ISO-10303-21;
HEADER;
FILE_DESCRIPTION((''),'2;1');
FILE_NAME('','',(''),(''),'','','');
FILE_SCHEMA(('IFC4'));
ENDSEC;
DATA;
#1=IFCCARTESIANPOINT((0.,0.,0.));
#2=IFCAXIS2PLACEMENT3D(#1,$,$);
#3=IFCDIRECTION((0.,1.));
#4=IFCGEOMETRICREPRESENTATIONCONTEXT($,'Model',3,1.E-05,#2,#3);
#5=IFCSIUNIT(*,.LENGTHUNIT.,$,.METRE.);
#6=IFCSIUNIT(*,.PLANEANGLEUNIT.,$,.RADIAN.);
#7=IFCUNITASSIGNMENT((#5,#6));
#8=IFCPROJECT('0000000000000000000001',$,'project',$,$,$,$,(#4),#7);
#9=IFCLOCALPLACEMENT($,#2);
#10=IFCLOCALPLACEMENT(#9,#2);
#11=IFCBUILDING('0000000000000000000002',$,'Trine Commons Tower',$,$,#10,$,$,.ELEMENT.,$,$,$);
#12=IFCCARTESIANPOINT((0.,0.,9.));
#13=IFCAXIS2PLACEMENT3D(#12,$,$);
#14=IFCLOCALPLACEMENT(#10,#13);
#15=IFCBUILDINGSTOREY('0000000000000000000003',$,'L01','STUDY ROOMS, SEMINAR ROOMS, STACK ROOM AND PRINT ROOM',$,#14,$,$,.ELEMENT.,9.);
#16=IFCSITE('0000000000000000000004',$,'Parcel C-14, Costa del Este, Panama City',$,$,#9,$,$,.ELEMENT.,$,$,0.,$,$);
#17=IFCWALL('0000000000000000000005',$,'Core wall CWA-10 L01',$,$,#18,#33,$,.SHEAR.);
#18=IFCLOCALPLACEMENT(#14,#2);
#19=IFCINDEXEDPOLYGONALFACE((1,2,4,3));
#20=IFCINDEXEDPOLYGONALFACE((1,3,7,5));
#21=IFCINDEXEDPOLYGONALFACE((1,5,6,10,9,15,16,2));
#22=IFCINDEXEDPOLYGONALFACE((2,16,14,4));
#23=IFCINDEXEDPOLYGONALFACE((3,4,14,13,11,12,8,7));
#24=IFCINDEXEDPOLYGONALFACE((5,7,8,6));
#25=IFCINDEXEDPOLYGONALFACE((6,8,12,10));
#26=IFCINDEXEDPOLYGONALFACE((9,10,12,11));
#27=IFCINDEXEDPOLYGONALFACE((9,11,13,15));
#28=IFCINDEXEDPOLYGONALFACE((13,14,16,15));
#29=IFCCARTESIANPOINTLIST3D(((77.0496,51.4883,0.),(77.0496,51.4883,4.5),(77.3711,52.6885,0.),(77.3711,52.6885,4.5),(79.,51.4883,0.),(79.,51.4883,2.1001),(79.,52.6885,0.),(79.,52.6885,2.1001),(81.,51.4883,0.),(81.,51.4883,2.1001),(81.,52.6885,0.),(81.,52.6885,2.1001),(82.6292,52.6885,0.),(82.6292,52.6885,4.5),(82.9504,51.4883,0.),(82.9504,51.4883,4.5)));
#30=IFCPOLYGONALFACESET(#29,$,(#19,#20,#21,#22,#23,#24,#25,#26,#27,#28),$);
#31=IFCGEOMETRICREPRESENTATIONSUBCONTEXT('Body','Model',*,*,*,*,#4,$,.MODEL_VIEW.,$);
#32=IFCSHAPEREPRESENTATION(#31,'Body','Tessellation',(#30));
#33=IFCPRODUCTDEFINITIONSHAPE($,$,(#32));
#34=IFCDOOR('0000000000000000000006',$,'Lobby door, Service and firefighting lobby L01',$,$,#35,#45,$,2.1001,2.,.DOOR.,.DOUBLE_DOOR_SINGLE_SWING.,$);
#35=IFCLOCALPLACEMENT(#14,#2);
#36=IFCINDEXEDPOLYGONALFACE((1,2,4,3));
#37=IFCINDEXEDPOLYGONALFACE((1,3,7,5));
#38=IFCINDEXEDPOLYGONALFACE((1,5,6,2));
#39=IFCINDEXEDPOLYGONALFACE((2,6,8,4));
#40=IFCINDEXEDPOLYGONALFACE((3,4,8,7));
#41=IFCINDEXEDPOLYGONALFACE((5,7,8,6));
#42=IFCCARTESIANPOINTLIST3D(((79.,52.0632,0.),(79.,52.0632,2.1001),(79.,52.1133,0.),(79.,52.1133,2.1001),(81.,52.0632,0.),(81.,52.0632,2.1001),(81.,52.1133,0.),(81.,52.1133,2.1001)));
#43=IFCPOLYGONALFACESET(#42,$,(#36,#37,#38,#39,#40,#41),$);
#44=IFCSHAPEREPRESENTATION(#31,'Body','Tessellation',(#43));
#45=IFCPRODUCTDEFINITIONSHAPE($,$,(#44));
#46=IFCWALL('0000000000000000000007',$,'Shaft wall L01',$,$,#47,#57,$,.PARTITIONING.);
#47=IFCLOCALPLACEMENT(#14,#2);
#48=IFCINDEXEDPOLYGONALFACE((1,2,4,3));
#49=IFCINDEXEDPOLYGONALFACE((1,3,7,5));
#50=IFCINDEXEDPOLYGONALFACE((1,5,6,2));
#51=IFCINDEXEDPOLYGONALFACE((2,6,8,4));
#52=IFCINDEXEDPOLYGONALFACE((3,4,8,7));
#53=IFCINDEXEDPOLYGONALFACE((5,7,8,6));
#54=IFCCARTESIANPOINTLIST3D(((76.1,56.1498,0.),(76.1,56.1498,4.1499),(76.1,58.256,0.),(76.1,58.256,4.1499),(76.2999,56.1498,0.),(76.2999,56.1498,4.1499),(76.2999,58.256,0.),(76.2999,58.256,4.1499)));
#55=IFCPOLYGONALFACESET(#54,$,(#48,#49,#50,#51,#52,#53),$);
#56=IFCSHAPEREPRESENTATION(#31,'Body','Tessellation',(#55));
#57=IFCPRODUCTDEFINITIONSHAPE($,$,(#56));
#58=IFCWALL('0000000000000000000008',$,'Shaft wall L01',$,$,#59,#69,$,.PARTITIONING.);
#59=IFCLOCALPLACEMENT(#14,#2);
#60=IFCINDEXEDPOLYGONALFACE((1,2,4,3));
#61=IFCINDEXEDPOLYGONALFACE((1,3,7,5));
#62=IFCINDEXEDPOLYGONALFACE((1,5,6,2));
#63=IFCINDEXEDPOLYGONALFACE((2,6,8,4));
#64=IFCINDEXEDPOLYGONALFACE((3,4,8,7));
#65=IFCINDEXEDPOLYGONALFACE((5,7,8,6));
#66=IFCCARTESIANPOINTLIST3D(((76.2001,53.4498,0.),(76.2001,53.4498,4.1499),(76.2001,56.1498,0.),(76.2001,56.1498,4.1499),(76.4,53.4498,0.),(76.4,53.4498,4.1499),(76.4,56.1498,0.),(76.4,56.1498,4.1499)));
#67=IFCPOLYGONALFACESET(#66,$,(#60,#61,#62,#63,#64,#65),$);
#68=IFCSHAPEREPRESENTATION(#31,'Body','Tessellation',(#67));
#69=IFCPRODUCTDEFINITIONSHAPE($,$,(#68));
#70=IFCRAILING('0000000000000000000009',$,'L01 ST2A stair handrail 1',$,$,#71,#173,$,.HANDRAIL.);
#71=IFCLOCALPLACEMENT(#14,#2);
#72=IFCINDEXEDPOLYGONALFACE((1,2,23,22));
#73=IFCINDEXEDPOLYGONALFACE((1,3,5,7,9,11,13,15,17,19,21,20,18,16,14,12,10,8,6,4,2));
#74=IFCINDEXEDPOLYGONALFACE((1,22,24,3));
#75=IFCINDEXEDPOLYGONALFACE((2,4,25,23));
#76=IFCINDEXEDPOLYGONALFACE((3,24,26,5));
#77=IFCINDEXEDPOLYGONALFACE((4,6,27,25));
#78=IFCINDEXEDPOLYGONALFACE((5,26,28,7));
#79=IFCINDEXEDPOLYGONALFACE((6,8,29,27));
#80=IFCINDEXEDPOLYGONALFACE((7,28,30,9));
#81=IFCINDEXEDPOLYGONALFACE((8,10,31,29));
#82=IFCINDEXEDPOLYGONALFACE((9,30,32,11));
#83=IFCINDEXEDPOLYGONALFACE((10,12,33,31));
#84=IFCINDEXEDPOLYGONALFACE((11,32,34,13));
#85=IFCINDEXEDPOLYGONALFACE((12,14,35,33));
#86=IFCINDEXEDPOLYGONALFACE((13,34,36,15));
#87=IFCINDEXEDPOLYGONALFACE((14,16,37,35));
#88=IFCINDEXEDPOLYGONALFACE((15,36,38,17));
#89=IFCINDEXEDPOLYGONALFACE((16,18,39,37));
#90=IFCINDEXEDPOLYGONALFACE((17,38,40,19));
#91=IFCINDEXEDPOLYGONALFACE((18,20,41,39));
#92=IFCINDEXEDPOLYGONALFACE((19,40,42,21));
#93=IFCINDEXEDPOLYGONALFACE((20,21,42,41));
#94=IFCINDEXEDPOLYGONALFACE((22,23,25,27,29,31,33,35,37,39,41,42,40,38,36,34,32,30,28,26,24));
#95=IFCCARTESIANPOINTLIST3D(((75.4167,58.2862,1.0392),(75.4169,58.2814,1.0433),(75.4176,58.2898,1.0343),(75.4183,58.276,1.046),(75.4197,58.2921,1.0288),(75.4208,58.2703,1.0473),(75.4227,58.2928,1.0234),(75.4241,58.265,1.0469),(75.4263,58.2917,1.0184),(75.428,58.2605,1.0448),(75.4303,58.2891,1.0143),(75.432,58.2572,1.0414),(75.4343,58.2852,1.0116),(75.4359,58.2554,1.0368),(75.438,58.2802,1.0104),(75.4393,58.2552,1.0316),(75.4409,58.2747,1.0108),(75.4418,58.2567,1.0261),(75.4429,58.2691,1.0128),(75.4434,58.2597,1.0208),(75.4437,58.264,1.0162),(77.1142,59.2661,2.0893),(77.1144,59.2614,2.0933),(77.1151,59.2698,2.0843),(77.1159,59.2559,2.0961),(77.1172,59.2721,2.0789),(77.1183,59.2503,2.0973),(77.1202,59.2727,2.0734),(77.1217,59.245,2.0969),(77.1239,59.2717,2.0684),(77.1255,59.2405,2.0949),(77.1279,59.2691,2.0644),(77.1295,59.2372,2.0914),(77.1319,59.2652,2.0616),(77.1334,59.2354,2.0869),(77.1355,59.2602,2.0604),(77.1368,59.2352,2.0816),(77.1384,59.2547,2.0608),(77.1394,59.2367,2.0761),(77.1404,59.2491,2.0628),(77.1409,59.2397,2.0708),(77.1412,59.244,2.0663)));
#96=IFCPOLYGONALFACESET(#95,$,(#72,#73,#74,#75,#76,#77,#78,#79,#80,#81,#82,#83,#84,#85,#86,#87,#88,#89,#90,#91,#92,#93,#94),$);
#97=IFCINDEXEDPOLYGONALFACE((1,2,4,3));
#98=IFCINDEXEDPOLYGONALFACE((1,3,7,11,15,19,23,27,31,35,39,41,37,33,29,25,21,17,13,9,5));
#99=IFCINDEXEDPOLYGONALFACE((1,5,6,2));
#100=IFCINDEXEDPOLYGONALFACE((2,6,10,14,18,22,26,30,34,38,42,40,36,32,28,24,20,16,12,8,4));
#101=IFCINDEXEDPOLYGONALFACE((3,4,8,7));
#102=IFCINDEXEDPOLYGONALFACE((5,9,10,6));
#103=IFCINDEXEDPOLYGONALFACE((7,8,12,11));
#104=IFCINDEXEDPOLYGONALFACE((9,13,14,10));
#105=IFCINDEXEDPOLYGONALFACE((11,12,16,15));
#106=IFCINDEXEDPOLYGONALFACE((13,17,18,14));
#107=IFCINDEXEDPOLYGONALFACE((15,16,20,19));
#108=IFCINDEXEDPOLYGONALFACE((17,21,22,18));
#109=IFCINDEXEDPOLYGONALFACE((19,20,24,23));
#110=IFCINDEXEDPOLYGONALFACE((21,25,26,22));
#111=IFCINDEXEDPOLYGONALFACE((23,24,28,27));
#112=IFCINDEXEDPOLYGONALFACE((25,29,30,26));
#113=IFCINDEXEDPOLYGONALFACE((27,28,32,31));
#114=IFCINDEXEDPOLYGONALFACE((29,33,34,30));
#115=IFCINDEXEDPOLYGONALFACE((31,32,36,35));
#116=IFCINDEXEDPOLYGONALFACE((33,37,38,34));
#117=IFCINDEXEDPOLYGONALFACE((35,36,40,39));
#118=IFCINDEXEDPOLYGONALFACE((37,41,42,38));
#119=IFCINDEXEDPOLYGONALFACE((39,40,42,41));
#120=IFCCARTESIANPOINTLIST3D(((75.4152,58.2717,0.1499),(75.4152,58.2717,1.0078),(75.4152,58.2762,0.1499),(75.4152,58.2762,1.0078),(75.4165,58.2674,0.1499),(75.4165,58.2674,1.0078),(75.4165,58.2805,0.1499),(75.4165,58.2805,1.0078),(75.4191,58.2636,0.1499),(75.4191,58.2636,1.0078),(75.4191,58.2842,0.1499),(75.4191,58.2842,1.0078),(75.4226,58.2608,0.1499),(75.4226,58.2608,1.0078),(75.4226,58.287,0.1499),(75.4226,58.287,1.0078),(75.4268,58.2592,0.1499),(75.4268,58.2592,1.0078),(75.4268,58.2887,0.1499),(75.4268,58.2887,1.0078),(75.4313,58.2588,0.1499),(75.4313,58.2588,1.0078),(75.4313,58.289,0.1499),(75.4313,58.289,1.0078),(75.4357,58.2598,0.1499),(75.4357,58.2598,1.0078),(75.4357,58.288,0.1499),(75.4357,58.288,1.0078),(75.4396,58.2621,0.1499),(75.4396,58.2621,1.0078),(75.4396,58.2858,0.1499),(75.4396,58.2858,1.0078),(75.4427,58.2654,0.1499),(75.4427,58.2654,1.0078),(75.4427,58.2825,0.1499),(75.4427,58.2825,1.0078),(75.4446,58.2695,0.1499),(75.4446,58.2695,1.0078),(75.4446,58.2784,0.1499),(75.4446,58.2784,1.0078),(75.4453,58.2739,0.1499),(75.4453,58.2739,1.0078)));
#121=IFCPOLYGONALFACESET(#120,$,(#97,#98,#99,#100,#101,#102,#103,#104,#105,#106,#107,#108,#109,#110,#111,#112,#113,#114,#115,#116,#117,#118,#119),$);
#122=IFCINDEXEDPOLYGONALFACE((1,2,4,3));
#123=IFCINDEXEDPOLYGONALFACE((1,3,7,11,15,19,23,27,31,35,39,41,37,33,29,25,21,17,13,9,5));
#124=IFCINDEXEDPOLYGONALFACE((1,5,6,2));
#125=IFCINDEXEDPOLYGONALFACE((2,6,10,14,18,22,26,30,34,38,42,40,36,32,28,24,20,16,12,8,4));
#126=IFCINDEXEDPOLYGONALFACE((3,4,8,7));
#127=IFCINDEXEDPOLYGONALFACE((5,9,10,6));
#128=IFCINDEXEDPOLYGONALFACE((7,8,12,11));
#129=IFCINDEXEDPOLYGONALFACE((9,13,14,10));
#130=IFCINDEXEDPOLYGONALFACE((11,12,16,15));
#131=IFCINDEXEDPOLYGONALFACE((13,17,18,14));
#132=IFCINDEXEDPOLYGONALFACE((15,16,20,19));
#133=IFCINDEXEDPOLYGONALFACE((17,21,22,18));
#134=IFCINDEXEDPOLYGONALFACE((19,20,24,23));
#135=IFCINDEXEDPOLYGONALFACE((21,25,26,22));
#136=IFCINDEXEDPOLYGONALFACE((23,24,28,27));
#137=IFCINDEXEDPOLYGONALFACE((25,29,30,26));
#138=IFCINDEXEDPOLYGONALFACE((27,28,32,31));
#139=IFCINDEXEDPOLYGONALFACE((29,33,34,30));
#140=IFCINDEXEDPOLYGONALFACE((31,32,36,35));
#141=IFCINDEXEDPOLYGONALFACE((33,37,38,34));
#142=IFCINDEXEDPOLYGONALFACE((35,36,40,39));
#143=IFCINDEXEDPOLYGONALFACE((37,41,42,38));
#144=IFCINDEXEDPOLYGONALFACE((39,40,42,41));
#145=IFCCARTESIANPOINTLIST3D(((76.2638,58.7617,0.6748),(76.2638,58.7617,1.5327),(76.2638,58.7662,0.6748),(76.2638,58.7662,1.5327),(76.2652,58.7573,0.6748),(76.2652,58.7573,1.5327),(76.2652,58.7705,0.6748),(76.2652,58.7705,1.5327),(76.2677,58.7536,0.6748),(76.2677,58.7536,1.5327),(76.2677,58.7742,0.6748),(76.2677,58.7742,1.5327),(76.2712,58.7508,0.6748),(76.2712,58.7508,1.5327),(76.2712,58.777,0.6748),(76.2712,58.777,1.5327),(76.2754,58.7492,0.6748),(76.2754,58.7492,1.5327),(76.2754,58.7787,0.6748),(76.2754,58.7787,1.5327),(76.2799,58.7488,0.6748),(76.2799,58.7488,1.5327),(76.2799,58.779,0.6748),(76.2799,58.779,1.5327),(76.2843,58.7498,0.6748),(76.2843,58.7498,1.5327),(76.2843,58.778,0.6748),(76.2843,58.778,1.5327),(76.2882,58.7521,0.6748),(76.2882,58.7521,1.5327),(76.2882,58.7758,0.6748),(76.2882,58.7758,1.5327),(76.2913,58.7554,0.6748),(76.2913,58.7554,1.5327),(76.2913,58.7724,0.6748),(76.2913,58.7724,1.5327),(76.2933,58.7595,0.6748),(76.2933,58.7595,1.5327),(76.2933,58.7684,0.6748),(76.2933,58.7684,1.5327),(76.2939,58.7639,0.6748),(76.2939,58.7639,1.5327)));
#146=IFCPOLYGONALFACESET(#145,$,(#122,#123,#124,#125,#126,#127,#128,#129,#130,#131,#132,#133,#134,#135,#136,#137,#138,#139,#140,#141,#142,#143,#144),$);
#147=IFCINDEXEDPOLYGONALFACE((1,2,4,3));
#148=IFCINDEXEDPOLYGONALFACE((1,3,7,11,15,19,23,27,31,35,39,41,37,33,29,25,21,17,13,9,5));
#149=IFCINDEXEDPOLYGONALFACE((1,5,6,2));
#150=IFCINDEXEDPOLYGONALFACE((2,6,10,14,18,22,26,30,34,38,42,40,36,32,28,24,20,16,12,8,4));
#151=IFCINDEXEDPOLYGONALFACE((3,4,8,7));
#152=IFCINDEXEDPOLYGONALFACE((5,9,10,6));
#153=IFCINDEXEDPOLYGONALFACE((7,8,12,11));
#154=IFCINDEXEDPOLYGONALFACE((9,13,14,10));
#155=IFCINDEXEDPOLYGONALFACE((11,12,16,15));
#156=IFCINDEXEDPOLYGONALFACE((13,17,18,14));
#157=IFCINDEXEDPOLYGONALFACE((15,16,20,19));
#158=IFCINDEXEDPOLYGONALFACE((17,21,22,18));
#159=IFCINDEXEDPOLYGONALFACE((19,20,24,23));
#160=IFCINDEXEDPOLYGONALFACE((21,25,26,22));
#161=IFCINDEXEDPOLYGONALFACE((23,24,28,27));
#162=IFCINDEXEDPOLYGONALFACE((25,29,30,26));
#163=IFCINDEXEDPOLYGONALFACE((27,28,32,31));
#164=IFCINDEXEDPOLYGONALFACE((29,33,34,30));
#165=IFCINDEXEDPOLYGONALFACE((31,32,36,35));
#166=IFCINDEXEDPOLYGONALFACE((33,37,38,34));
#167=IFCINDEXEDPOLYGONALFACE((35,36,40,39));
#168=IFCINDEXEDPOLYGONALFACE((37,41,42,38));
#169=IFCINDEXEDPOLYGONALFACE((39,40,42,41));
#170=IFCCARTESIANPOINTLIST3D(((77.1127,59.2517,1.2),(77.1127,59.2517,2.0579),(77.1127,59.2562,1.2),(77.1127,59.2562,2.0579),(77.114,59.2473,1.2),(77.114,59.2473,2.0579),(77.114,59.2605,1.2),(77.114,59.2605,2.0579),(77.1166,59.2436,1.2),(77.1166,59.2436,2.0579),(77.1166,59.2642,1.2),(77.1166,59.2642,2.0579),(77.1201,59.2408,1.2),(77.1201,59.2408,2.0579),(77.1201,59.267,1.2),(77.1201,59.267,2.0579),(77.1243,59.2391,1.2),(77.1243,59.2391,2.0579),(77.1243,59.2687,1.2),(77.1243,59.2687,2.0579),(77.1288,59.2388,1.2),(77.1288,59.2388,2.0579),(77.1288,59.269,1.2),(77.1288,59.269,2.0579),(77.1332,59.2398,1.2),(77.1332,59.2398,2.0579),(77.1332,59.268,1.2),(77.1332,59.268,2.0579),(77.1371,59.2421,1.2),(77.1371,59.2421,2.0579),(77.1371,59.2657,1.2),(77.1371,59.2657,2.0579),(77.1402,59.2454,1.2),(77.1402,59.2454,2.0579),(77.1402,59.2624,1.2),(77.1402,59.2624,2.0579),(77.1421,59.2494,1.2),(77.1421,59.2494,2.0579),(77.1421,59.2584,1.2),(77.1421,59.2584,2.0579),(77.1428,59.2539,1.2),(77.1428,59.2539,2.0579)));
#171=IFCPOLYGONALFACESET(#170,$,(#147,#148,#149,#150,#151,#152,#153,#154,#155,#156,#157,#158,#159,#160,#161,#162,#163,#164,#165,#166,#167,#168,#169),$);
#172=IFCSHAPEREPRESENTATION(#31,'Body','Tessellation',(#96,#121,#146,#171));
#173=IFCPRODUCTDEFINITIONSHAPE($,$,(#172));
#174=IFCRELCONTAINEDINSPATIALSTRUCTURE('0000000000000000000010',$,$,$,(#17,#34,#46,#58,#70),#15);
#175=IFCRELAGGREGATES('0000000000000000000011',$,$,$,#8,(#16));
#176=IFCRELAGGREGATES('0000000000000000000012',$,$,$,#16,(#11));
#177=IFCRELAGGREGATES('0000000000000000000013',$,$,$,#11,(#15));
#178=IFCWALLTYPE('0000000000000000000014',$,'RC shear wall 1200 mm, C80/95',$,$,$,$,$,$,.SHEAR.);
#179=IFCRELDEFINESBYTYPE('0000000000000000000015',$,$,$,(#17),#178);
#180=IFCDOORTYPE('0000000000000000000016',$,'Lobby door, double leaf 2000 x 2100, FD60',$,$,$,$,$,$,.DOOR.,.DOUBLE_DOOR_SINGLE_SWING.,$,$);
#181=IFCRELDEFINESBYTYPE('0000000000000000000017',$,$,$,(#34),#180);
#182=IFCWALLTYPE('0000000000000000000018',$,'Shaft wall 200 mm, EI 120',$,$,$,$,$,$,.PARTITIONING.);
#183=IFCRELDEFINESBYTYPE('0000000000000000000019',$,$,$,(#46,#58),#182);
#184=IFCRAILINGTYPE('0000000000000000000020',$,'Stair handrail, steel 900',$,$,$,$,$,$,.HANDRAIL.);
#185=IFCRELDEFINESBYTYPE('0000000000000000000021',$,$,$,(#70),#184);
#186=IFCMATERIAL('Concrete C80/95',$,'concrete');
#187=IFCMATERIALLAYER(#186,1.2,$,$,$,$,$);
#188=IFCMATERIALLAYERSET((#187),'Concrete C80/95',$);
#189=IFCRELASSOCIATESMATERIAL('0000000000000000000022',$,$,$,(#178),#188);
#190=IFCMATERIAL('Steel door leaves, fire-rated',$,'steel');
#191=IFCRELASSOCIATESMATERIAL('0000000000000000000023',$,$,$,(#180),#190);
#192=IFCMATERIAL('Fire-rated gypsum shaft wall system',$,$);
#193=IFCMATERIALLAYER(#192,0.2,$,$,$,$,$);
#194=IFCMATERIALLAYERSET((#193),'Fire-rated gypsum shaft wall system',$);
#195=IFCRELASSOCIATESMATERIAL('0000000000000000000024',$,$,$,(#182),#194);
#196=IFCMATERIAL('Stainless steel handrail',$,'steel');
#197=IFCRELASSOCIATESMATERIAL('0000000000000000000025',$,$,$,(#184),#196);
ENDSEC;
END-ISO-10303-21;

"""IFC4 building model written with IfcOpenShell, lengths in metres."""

from ifc_helpers import new_model, si_unit, direction, frame, frame_2d, origin, origin_2d, place, context, subcontext, project, spatial, polyline, rectangle, circle, outline, extrude, material, layer, layer_set, type_object, element, fill, save


model = new_model("IFC4")

# Units and contexts
model_context = context("Model", 3, precision=1e-05, world=origin(), true_north=direction((0.0, 1.0)))
body_context = subcontext(model_context, "Body", "Model", "MODEL_VIEW")
ifc_project = project(units=[si_unit("LENGTHUNIT", "METRE"), si_unit("PLANEANGLEUNIT", "RADIAN")], contexts=[model_context])

# Site, building, storey
site_placement = place(None, origin())
site = spatial("IfcSite", under=ifc_project, at=site_placement, Name="Parcel C-14, Costa del Este, Panama City", CompositionType="ELEMENT", RefElevation=0.0)
building_placement = place(site_placement, origin())
building = spatial("IfcBuilding", under=site, at=building_placement, Name="Trine Commons Tower", CompositionType="ELEMENT")
storey_placement = place(building_placement, frame((0.0, 0.0, 9.0)))
storey = spatial("IfcBuildingStorey", under=building, at=storey_placement, Name="L01", Description="STUDY ROOMS, SEMINAR ROOMS, STACK ROOM AND PRINT ROOM", CompositionType="ELEMENT", Elevation=9.0)

# Shared definitions
ifc_material_1 = material(Name="Concrete C80/95", Category="concrete")

# Wall, opening, door
ifc_layer_1 = layer(ifc_material_1, 1.2)
ifc_layer_set_1 = layer_set([ifc_layer_1], Name="Concrete C80/95")
wall_type_1 = type_object("IfcWallType", Name="RC shear wall 1200 mm, C80/95", PredefinedType="SHEAR", material=ifc_layer_set_1)
wall_1_placement = place(storey_placement, frame((77.0496, 52.0884, 0.0), z_axis=(0.0, 0.0, 1.0), x_axis=(1.0, 0.0, 0.0)))
wall_1 = element("IfcWall", 1, at=wall_1_placement, inside=storey, type_object=wall_type_1, Name="Core wall CWA-10 L01", PredefinedType="SHEAR", context=body_context, shape_type="SweptSolid", body=[
    extrude(outline(polyline([(0.0, -0.6001), (5.9009, -0.6001), (5.5796, 0.6001), (0.3215, 0.6001), (0.0, -0.6001)])), origin(), (0.0, 0.0, 1.0), 4.5),
])
opening_1_placement = place(wall_1_placement, frame((1.9504, 0.0, 0.0)))
opening_1 = element("IfcOpeningElement", 2, at=opening_1_placement, cuts=wall_1, PredefinedType="OPENING", context=body_context, shape_type="SweptSolid", body=[
    extrude(rectangle(XDim=2.0, YDim=2.1001, at=frame_2d((1.0, 1.05))), frame((0.0, 0.6099, 0.0), z_axis=(0.0, -1.0, 0.0), x_axis=(1.0, 0.0, 0.0)), (0.0, 0.0, 1.0), 1.22),
])
ifc_material_2 = material(Name="Steel door leaves, fire-rated", Category="steel")
door_type_1 = type_object("IfcDoorType", Name="Lobby door, double leaf 2000 x 2100, FD60", OperationType="DOUBLE_DOOR_SINGLE_SWING", PredefinedType="DOOR", material=ifc_material_2)
door_1_placement = place(opening_1_placement, origin())
door_1 = element("IfcDoor", 3, at=door_1_placement, inside=storey, type_object=door_type_1, Name="Lobby door, Service and firefighting lobby L01", OperationType="DOUBLE_DOOR_SINGLE_SWING", OverallHeight=2.1001, OverallWidth=2.0, PredefinedType="DOOR", context=body_context, shape_type="SweptSolid", body=[
    extrude(rectangle(XDim=2.0, YDim=2.1001, at=frame_2d((1.0, 1.05))), frame((0.0, 0.0249, 0.0), z_axis=(0.0, -1.0, 0.0), x_axis=(1.0, 0.0, 0.0)), (0.0, 0.0, 1.0), 0.05),
])
fill(opening_1, door_1)

# Walls
ifc_material_3 = material(Name="Fire-rated gypsum shaft wall system")
ifc_layer_2 = layer(ifc_material_3, 0.2)
ifc_layer_set_2 = layer_set([ifc_layer_2], Name="Fire-rated gypsum shaft wall system")
wall_type_2 = type_object("IfcWallType", Name="Shaft wall 200 mm, EI 120", PredefinedType="PARTITIONING", material=ifc_layer_set_2)
wall_2_placement = place(storey_placement, frame((76.2, 58.2561, 0.0), z_axis=(0.0, 0.0, 1.0), x_axis=(0.0, -1.0, 0.0)))
element("IfcWall", 4, at=wall_2_placement, inside=storey, type_object=wall_type_2, Name="Shaft wall L01", PredefinedType="PARTITIONING", context=body_context, shape_type="SweptSolid", body=[
    extrude(rectangle(XDim=2.1062, YDim=0.2, at=frame_2d((1.0532, 0.0))), origin(), (0.0, 0.0, 1.0), 4.1499),
])
wall_3_placement = place(storey_placement, frame((76.3, 56.1499, 0.0), z_axis=(0.0, 0.0, 1.0), x_axis=(0.0, -1.0, 0.0)))
element("IfcWall", 5, at=wall_3_placement, inside=storey, type_object=wall_type_2, Name="Shaft wall L01", PredefinedType="PARTITIONING", context=body_context, shape_type="SweptSolid", body=[
    extrude(rectangle(XDim=2.7, YDim=0.2, at=frame_2d((1.3501, 0.0))), origin(), (0.0, 0.0, 1.0), 4.1499),
])

# Railing
ifc_material_4 = material(Name="Stainless steel handrail", Category="steel")
railing_type = type_object("IfcRailingType", Name="Stair handrail, steel 900", PredefinedType="HANDRAIL", material=ifc_material_4)
railing_placement = place(storey_placement, frame((75.4302, 58.2739, 0.1499)))
element("IfcRailing", 6, at=railing_placement, inside=storey, type_object=railing_type, Name="L01 ST2A stair handrail 1", PredefinedType="HANDRAIL", context=body_context, shape_type="SweptSolid", body=[
    extrude(circle(Radius=0.021, at=origin_2d()), frame((0.0, 0.0, 0.8789), z_axis=(0.763398, 0.440713, 0.472224), x_axis=(-0.49997, 0.866042, 0.0)), (0.0, 0.0, 1.0), 2.2236),
    extrude(circle(Radius=0.0151, at=origin_2d()), origin(), (0.0, 0.0, 1.0), 0.8579),
    extrude(circle(Radius=0.0151, at=origin_2d()), frame((0.8486, 0.49, 0.5249)), (0.0, 0.0, 1.0), 0.8579),
    extrude(circle(Radius=0.0151, at=origin_2d()), frame((1.6975, 0.98, 1.05)), (0.0, 0.0, 1.0), 0.8579),
])

save(model, "model.ifc")
